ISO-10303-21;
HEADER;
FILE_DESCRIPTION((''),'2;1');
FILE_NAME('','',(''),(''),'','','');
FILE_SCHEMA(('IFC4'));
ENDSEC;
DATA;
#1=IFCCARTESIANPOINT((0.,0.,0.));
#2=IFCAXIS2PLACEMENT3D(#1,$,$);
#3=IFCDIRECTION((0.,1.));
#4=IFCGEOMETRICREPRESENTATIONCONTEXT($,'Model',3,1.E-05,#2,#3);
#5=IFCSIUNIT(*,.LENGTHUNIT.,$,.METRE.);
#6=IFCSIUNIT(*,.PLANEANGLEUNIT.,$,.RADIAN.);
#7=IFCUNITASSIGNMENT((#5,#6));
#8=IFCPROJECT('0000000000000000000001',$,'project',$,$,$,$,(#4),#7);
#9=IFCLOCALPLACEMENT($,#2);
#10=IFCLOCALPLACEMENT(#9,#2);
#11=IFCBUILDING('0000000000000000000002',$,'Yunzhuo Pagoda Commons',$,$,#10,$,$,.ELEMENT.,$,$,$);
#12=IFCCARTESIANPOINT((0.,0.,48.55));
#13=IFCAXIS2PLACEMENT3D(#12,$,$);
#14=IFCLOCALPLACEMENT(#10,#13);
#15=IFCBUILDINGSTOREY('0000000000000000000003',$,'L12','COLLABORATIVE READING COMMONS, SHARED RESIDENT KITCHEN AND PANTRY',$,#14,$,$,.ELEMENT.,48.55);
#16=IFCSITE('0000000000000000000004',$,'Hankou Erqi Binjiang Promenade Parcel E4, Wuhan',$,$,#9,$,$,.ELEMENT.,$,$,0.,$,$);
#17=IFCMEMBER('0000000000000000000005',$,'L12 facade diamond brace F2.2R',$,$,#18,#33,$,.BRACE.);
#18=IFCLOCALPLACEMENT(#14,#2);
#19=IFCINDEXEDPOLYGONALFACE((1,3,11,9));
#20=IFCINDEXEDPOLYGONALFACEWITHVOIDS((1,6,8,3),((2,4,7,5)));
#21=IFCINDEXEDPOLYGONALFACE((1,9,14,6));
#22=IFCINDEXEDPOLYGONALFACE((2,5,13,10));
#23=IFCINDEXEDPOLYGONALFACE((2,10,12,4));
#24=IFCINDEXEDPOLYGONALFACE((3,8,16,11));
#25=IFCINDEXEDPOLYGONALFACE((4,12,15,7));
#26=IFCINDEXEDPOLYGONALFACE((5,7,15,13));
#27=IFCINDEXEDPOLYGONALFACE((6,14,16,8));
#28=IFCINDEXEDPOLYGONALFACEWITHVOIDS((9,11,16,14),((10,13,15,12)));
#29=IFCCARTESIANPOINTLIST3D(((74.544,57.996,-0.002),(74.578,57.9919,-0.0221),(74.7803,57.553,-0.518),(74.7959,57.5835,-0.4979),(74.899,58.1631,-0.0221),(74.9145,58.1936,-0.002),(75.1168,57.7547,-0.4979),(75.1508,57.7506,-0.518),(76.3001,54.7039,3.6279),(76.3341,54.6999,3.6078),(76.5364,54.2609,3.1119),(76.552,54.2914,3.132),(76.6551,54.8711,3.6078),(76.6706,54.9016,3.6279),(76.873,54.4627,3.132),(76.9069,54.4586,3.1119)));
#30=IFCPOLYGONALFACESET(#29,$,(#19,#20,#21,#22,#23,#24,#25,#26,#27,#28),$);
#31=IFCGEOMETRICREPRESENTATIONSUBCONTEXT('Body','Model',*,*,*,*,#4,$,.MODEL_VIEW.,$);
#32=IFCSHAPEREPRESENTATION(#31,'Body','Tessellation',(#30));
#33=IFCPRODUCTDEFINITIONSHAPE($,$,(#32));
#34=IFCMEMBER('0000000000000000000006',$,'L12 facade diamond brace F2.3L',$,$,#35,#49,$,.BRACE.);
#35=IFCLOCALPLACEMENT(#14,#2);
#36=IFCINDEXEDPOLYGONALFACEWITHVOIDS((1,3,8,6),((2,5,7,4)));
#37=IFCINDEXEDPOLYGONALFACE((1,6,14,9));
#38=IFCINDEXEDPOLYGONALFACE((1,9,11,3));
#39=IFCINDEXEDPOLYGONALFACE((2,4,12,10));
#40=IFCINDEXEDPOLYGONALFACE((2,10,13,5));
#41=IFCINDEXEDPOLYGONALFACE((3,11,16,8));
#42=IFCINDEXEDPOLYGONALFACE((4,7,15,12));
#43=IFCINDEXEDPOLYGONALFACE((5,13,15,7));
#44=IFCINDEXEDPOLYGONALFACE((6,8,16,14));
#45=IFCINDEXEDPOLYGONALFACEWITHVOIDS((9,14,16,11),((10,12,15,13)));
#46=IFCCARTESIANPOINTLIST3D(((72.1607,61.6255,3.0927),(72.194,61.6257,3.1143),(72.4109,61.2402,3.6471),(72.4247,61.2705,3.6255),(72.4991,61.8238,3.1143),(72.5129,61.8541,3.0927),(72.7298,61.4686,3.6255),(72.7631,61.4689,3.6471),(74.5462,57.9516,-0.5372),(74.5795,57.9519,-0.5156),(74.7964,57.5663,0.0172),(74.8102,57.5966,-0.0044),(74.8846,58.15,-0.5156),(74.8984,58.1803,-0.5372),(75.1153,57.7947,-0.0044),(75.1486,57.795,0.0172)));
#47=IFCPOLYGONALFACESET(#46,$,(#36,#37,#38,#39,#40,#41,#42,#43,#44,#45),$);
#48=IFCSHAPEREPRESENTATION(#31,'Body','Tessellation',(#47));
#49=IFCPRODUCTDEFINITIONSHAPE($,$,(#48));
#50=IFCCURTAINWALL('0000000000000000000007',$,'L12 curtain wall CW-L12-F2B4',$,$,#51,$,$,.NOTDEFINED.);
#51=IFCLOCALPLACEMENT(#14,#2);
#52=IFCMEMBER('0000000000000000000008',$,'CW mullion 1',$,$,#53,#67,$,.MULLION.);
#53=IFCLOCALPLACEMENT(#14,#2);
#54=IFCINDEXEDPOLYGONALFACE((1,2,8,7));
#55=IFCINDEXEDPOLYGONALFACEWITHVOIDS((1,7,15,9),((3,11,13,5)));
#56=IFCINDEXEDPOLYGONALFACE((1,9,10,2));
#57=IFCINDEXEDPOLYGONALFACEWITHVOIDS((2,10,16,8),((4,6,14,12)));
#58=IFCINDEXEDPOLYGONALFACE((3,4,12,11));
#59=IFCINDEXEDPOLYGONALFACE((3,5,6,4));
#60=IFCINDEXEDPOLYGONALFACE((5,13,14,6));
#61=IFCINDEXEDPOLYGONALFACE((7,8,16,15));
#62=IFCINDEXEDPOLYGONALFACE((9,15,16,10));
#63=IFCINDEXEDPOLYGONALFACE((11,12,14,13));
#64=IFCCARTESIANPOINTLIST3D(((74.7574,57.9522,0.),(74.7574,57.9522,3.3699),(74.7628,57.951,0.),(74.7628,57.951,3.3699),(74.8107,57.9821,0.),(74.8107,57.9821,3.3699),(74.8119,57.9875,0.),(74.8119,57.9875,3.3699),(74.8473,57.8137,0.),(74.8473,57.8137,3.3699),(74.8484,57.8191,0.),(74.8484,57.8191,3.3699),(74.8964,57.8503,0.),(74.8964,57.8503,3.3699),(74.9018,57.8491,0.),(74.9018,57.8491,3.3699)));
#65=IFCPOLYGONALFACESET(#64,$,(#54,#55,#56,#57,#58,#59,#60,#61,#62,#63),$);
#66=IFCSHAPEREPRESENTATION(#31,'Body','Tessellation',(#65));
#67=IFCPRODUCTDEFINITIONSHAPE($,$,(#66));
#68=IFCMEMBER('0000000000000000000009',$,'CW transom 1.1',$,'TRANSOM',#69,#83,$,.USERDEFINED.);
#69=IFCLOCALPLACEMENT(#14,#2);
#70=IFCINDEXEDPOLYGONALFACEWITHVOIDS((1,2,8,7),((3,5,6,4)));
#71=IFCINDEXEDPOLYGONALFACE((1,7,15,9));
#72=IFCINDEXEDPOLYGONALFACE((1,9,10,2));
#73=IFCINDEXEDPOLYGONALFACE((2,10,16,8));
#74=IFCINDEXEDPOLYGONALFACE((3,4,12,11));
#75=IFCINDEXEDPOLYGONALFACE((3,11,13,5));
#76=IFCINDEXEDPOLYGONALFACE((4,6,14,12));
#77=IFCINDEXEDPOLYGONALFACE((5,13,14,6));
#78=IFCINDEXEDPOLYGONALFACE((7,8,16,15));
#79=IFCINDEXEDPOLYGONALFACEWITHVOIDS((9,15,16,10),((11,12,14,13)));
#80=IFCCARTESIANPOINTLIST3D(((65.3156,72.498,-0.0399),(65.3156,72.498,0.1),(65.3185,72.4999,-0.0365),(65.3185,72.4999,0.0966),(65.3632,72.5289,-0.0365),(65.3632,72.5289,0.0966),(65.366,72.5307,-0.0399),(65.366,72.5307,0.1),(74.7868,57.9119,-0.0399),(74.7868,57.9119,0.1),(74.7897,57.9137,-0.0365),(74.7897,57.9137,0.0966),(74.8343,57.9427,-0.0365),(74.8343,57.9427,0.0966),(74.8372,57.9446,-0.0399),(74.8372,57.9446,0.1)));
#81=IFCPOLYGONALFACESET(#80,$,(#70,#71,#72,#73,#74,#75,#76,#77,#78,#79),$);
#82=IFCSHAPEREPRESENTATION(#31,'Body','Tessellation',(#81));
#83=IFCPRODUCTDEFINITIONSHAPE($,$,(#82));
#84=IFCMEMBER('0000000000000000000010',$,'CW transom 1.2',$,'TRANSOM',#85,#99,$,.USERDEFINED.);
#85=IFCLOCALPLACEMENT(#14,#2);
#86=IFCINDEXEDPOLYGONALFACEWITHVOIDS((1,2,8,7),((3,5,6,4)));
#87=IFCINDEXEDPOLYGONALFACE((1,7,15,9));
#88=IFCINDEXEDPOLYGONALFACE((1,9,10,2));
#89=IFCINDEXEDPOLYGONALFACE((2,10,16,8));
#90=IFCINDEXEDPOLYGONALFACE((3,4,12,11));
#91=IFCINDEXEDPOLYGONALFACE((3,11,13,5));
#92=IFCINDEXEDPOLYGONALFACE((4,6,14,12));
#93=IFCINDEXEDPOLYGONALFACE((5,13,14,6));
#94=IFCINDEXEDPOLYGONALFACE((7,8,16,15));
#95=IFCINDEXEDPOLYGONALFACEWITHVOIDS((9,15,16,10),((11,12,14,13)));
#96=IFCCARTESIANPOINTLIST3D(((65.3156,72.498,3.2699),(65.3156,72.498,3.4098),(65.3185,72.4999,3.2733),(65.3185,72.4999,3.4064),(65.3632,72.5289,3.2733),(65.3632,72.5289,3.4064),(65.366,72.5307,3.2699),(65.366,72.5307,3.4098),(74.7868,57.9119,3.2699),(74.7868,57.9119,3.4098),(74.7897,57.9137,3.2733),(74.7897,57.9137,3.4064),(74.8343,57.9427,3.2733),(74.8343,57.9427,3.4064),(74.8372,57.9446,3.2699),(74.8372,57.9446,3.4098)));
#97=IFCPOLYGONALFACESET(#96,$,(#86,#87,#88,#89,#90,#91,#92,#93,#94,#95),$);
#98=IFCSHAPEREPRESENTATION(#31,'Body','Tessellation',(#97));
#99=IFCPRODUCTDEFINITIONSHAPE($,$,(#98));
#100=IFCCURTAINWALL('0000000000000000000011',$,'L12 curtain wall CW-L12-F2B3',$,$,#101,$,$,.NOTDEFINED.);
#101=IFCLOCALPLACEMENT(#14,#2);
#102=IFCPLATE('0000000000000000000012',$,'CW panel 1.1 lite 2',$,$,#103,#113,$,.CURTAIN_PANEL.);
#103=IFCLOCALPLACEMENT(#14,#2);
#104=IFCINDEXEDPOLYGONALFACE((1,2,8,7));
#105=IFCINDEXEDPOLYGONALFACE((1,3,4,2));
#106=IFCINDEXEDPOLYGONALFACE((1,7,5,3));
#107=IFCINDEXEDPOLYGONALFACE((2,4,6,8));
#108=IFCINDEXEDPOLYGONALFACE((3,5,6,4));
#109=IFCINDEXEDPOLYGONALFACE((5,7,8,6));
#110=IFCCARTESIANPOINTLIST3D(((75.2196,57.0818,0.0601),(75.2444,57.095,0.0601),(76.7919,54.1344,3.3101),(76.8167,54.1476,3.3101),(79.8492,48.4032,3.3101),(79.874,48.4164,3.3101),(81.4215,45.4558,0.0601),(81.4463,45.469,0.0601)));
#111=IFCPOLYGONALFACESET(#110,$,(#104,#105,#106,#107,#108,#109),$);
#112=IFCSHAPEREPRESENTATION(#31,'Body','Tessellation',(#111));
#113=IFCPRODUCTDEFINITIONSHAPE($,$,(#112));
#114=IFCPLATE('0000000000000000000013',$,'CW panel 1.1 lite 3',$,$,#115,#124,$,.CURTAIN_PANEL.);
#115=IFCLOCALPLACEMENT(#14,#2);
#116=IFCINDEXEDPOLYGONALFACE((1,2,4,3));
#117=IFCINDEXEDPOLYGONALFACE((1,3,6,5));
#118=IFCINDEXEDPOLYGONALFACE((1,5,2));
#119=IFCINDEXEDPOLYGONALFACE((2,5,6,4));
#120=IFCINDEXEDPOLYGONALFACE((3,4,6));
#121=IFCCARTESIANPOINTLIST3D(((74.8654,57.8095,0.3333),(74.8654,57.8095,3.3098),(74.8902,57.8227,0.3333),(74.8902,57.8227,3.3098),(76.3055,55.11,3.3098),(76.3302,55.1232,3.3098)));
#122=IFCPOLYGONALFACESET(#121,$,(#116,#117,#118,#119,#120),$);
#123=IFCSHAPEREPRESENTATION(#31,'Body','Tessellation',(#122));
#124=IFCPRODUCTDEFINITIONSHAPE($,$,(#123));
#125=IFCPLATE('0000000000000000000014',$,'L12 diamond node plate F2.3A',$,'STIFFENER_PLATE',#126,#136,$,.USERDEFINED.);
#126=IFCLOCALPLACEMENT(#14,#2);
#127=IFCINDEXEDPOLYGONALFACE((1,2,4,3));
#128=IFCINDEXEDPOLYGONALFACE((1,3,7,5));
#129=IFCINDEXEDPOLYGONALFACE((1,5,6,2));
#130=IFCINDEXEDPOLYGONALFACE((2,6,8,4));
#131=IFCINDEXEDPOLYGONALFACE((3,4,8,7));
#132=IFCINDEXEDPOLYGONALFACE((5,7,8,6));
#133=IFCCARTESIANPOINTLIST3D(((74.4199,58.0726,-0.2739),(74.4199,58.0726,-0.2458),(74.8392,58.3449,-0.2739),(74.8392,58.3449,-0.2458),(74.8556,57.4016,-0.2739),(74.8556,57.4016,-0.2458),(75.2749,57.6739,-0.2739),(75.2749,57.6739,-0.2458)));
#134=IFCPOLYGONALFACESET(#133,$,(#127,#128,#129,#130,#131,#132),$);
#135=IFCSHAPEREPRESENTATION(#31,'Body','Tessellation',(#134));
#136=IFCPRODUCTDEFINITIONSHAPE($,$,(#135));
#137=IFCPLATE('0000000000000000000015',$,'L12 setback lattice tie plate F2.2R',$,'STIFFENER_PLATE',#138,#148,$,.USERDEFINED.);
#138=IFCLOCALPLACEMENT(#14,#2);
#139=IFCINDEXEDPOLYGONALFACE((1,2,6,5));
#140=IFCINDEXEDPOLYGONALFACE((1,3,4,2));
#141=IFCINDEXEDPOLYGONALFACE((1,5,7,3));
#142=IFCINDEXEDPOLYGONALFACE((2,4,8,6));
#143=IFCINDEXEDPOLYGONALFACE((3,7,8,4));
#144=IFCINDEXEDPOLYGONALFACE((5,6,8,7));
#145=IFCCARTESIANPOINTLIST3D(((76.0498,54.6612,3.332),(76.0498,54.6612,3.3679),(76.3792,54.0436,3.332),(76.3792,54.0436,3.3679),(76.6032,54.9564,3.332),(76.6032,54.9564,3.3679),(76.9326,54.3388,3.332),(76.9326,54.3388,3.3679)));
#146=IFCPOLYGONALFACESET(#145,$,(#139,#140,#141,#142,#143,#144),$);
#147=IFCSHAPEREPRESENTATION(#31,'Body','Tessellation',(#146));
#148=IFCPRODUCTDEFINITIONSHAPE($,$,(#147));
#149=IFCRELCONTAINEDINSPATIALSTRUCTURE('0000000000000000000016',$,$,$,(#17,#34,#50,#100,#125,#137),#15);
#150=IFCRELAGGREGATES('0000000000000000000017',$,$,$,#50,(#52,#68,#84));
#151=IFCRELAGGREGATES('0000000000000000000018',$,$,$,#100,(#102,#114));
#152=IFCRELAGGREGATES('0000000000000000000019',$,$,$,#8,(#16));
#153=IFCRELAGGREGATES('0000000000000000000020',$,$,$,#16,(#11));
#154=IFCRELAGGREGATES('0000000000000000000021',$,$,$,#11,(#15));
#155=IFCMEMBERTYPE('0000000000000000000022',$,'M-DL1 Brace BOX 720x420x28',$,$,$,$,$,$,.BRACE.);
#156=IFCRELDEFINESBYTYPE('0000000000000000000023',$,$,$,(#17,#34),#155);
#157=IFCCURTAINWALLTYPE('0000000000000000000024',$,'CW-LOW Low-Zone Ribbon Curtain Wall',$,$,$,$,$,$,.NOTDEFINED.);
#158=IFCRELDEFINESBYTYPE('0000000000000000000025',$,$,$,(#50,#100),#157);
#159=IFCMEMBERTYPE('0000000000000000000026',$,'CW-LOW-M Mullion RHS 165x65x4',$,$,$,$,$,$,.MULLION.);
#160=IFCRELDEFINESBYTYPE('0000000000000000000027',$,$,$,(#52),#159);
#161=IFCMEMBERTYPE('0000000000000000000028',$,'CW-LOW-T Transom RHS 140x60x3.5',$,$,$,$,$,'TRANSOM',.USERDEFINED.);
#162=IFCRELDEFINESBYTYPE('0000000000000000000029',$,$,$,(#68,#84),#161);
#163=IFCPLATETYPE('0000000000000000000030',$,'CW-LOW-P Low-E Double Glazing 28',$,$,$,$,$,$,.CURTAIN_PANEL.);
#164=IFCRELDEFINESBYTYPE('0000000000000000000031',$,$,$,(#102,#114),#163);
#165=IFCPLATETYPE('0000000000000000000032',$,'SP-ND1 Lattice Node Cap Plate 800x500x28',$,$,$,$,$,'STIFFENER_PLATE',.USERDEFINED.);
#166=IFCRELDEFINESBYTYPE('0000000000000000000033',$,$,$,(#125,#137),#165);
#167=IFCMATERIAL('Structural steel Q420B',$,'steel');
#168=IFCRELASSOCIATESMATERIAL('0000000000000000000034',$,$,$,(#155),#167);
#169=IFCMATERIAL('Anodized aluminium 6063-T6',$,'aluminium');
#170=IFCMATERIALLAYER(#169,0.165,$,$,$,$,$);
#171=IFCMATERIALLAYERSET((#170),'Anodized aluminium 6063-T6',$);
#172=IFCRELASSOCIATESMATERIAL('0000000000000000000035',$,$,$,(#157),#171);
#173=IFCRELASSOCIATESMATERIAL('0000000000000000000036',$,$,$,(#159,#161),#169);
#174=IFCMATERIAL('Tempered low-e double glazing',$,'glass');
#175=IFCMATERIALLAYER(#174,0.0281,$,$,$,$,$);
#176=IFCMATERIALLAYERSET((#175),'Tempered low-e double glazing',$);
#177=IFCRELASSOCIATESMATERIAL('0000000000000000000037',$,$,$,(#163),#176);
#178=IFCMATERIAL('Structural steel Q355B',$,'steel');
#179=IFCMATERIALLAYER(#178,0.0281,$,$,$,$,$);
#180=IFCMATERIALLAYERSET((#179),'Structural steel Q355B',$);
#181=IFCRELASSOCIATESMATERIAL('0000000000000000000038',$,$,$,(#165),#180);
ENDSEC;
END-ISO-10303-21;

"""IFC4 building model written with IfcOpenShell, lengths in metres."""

from ifc_helpers import new_model, si_unit, direction, frame, origin, origin_2d, place, context, subcontext, project, spatial, polyline, rectangle, hollow_rectangle, outline, extrude, source, transform, mapped, material, layer, layer_set, material_profile, profile_set, type_object, element, aggregate, save


model = new_model("IFC4")

# Units and contexts
model_context = context("Model", 3, precision=1e-05, world=origin(), true_north=direction((0.0, 1.0)))
body_context = subcontext(model_context, "Body", "Model", "MODEL_VIEW")
ifc_project = project(units=[si_unit("LENGTHUNIT", "METRE"), si_unit("PLANEANGLEUNIT", "RADIAN")], contexts=[model_context])

# Site, building, storey
site_placement = place(None, origin())
site = spatial("IfcSite", under=ifc_project, at=site_placement, Name="Hankou Erqi Binjiang Promenade Parcel E4, Wuhan", CompositionType="ELEMENT", RefElevation=0.0)
building_placement = place(site_placement, origin())
building = spatial("IfcBuilding", under=site, at=building_placement, Name="Yunzhuo Pagoda Commons", CompositionType="ELEMENT")
storey_placement = place(building_placement, frame((0.0, 0.0, 48.55)))
storey = spatial("IfcBuildingStorey", under=building, at=storey_placement, Name="L12", Description="COLLABORATIVE READING COMMONS, SHARED RESIDENT KITCHEN AND PANTRY", CompositionType="ELEMENT", Elevation=48.55)

# Shared definitions
ifc_material_1 = material(Name="Structural steel Q420B", Category="steel")

# Shared definitions
ifc_material_2 = material(Name="Structural steel Q355B", Category="steel")

# Members
ifc_material_profile_1 = material_profile(ifc_material_1, hollow_rectangle(XDim=0.4199, YDim=0.72, WallThickness=0.0281, at=origin_2d()), Name="Structural steel Q420B")
ifc_profile_set_1 = profile_set([ifc_material_profile_1], Name="Structural steel Q420B")
member_type_1 = type_object("IfcMemberType", Name="M-DL1 Brace BOX 720x420x28", PredefinedType="BRACE", material=ifc_profile_set_1)
shared_shape_1 = source(origin(), body_context, "Body", "SweptSolid", [
    extrude(hollow_rectangle(XDim=0.4199, YDim=0.72, WallThickness=0.0281, at=origin_2d()), origin(), (0.0, 0.0, 1.0), 5.2056),
])
member_1_placement = place(storey_placement, frame((74.8474, 57.8733, -0.26), z_axis=(0.337356, -0.632407, 0.697318), x_axis=(0.882311, 0.470666, 0.0)))
element("IfcMember", 1, at=member_1_placement, inside=storey, type_object=member_type_1, Name="L12 facade diamond brace F2.2R", PredefinedType="BRACE", context=body_context, shape_type="MappedRepresentation", body=[
    mapped(shared_shape_1, transform((0.0, 0.0, 0.0), scale=1.0)),
])
shared_shape_2 = source(origin(), body_context, "Body", "SweptSolid", [
    extrude(hollow_rectangle(XDim=0.4199, YDim=0.72, WallThickness=0.0281, at=origin_2d()), origin(), (0.0, 0.0, 1.0), 5.689),
])
member_2_placement = place(storey_placement, frame((74.8474, 57.8733, -0.26), z_axis=(-0.419324, 0.645788, 0.638063), x_axis=(-0.838703, -0.544589, 0.0)))
element("IfcMember", 2, at=member_2_placement, inside=storey, type_object=member_type_1, Name="L12 facade diamond brace F2.3L", PredefinedType="BRACE", context=body_context, shape_type="MappedRepresentation", body=[
    mapped(shared_shape_2, transform((0.0, 0.0, 0.0), scale=1.0)),
])

# Curtain wall, members
ifc_material_3 = material(Name="Anodized aluminium 6063-T6", Category="aluminium")
ifc_layer_1 = layer(ifc_material_3, 0.165)
ifc_layer_set_1 = layer_set([ifc_layer_1], Name="Anodized aluminium 6063-T6")
curtain_wall_type = type_object("IfcCurtainWallType", Name="CW-LOW Low-Zone Ribbon Curtain Wall", PredefinedType="NOTDEFINED", material=ifc_layer_set_1)
curtain_wall_1_placement = place(storey_placement, origin())
curtain_wall_1 = element("IfcCurtainWall", 3, at=curtain_wall_1_placement, inside=storey, type_object=curtain_wall_type, Name="L12 curtain wall CW-L12-F2B4", PredefinedType="NOTDEFINED")
ifc_material_profile_2 = material_profile(ifc_material_3, hollow_rectangle(XDim=0.0649, YDim=0.165, WallThickness=0.0039, at=origin_2d()), Name="Anodized aluminium 6063-T6")
ifc_profile_set_2 = profile_set([ifc_material_profile_2], Name="Anodized aluminium 6063-T6")
member_type_2 = type_object("IfcMemberType", Name="CW-LOW-M Mullion RHS 165x65x4", PredefinedType="MULLION", material=ifc_profile_set_2)
shared_shape_3 = source(origin(), body_context, "Body", "SweptSolid", [
    extrude(hollow_rectangle(XDim=0.0649, YDim=0.165, WallThickness=0.0039, at=origin_2d()), origin(), (0.0, 0.0, 1.0), 3.3699),
])
member_3_placement = place(storey_placement, frame((74.8296, 57.9006, 0.0), z_axis=(0.0, 0.0, 1.0), x_axis=(-0.83871, -0.544579, 0.0)))
member_3 = element("IfcMember", 4, at=member_3_placement, type_object=member_type_2, Name="CW mullion 1", PredefinedType="MULLION", context=body_context, shape_type="MappedRepresentation", body=[
    mapped(shared_shape_3, transform((0.0, 0.0, 0.0), scale=1.0)),
])
ifc_material_profile_3 = material_profile(ifc_material_3, hollow_rectangle(XDim=0.0601, YDim=0.1399, WallThickness=0.0034, at=origin_2d()), Name="Anodized aluminium 6063-T6")
ifc_profile_set_3 = profile_set([ifc_material_profile_3], Name="Anodized aluminium 6063-T6")
member_type_3 = type_object("IfcMemberType", Name="CW-LOW-T Transom RHS 140x60x3.5", ElementType="TRANSOM", PredefinedType="USERDEFINED", material=ifc_profile_set_3)
shared_shape_4 = source(origin(), body_context, "Body", "SweptSolid", [
    extrude(hollow_rectangle(XDim=0.0601, YDim=0.1399, WallThickness=0.0034, at=origin_2d()), origin(), (0.0, 0.0, 1.0), 17.3914),
])
member_4_placement = place(storey_placement, frame((74.812, 57.9282, 0.03), z_axis=(-0.544591, 0.838702, 0.0), x_axis=(-0.838702, -0.544591, 0.0)))
member_4 = element("IfcMember", 5, at=member_4_placement, type_object=member_type_3, Name="CW transom 1.1", ObjectType="TRANSOM", PredefinedType="USERDEFINED", context=body_context, shape_type="MappedRepresentation", body=[
    mapped(shared_shape_4, transform((0.0, 0.0, 0.0), scale=1.0)),
])
member_5_placement = place(storey_placement, frame((74.812, 57.9282, 3.3398), z_axis=(-0.544591, 0.838702, 0.0), x_axis=(-0.838702, -0.544591, 0.0)))
member_5 = element("IfcMember", 6, at=member_5_placement, type_object=member_type_3, Name="CW transom 1.2", ObjectType="TRANSOM", PredefinedType="USERDEFINED", context=body_context, shape_type="MappedRepresentation", body=[
    mapped(shared_shape_4, transform((0.0, 0.0, 0.0), scale=1.0)),
])
aggregate(curtain_wall_1, [member_3, member_4, member_5])

# Curtain wall, plates
curtain_wall_2_placement = place(storey_placement, origin())
curtain_wall_2 = element("IfcCurtainWall", 7, at=curtain_wall_2_placement, inside=storey, type_object=curtain_wall_type, Name="L12 curtain wall CW-L12-F2B3", PredefinedType="NOTDEFINED")
ifc_material_4 = material(Name="Tempered low-e double glazing", Category="glass")
ifc_layer_2 = layer(ifc_material_4, 0.0281)
ifc_layer_set_2 = layer_set([ifc_layer_2], Name="Tempered low-e double glazing")
plate_type_1 = type_object("IfcPlateType", Name="CW-LOW-P Low-E Double Glazing 28", PredefinedType="CURTAIN_PANEL", material=ifc_layer_set_2)
plate_1_placement = place(storey_placement, frame((78.3206, 51.2688, 1.6851), z_axis=(0.882309, 0.47067, 0.0), x_axis=(-0.47067, 0.882309, 0.0)))
plate_1 = element("IfcPlate", 8, at=plate_1_placement, type_object=plate_type_1, Name="CW panel 1.1 lite 2", PredefinedType="CURTAIN_PANEL", context=body_context, shape_type="SweptSolid", body=[
    extrude(outline(polyline([(-6.5884, -1.625), (6.5884, -1.625), (3.2478, 1.625), (-3.2478, 1.625), (-6.5884, -1.625)])), origin(), (0.0, 0.0, 1.0), 0.0281),
])
plate_2_placement = place(storey_placement, frame((75.5854, 56.4597, 1.8215), z_axis=(0.882309, 0.47067, 0.0), x_axis=(-0.47067, 0.882309, 0.0)))
plate_2 = element("IfcPlate", 9, at=plate_2_placement, type_object=plate_type_1, Name="CW panel 1.1 lite 3", PredefinedType="CURTAIN_PANEL", context=body_context, shape_type="SweptSolid", body=[
    extrude(outline(polyline([(-1.5298, 1.4883), (1.5298, -1.4883), (1.5298, 1.4883), (-1.5298, 1.4883)])), origin(), (0.0, 0.0, 1.0), 0.0281),
])
aggregate(curtain_wall_2, [plate_1, plate_2])

# Plates
ifc_layer_3 = layer(ifc_material_2, 0.0281)
ifc_layer_set_3 = layer_set([ifc_layer_3], Name="Structural steel Q355B")
plate_type_2 = type_object("IfcPlateType", Name="SP-ND1 Lattice Node Cap Plate 800x500x28", ElementType="STIFFENER_PLATE", PredefinedType="USERDEFINED", material=ifc_layer_set_3)
shared_shape_5 = source(origin(), body_context, "Body", "SweptSolid", [
    extrude(rectangle(XDim=0.8, YDim=0.5, at=origin_2d()), origin(), (0.0, 0.0, 1.0), 0.0281),
])
plate_3_placement = place(storey_placement, frame((74.8474, 57.8733, -0.2739), z_axis=(0.0, 0.0, 1.0), x_axis=(-0.54458, 0.838709, 0.0)))
element("IfcPlate", 10, at=plate_3_placement, inside=storey, type_object=plate_type_2, Name="L12 diamond node plate F2.3A", ObjectType="STIFFENER_PLATE", PredefinedType="USERDEFINED", context=body_context, shape_type="MappedRepresentation", body=[
    mapped(shared_shape_5, transform((0.0, 0.0, 0.0), scale=1.0)),
])
shared_shape_6 = source(origin(), body_context, "Body", "SweptSolid", [
    extrude(rectangle(XDim=0.7, YDim=0.6272, at=origin_2d()), origin(), (0.0, 0.0, 1.0), 0.0359),
])
plate_4_placement = place(storey_placement, frame((76.4912, 54.5, 3.332), z_axis=(0.0, 0.0, 1.0), x_axis=(-0.470673, 0.882308, 0.0)))
element("IfcPlate", 11, at=plate_4_placement, inside=storey, type_object=plate_type_2, Name="L12 setback lattice tie plate F2.2R", ObjectType="STIFFENER_PLATE", PredefinedType="USERDEFINED", context=body_context, shape_type="MappedRepresentation", body=[
    mapped(shared_shape_6, transform((0.0, 0.0, 0.0), scale=1.0)),
])

save(model, "model.ifc")
